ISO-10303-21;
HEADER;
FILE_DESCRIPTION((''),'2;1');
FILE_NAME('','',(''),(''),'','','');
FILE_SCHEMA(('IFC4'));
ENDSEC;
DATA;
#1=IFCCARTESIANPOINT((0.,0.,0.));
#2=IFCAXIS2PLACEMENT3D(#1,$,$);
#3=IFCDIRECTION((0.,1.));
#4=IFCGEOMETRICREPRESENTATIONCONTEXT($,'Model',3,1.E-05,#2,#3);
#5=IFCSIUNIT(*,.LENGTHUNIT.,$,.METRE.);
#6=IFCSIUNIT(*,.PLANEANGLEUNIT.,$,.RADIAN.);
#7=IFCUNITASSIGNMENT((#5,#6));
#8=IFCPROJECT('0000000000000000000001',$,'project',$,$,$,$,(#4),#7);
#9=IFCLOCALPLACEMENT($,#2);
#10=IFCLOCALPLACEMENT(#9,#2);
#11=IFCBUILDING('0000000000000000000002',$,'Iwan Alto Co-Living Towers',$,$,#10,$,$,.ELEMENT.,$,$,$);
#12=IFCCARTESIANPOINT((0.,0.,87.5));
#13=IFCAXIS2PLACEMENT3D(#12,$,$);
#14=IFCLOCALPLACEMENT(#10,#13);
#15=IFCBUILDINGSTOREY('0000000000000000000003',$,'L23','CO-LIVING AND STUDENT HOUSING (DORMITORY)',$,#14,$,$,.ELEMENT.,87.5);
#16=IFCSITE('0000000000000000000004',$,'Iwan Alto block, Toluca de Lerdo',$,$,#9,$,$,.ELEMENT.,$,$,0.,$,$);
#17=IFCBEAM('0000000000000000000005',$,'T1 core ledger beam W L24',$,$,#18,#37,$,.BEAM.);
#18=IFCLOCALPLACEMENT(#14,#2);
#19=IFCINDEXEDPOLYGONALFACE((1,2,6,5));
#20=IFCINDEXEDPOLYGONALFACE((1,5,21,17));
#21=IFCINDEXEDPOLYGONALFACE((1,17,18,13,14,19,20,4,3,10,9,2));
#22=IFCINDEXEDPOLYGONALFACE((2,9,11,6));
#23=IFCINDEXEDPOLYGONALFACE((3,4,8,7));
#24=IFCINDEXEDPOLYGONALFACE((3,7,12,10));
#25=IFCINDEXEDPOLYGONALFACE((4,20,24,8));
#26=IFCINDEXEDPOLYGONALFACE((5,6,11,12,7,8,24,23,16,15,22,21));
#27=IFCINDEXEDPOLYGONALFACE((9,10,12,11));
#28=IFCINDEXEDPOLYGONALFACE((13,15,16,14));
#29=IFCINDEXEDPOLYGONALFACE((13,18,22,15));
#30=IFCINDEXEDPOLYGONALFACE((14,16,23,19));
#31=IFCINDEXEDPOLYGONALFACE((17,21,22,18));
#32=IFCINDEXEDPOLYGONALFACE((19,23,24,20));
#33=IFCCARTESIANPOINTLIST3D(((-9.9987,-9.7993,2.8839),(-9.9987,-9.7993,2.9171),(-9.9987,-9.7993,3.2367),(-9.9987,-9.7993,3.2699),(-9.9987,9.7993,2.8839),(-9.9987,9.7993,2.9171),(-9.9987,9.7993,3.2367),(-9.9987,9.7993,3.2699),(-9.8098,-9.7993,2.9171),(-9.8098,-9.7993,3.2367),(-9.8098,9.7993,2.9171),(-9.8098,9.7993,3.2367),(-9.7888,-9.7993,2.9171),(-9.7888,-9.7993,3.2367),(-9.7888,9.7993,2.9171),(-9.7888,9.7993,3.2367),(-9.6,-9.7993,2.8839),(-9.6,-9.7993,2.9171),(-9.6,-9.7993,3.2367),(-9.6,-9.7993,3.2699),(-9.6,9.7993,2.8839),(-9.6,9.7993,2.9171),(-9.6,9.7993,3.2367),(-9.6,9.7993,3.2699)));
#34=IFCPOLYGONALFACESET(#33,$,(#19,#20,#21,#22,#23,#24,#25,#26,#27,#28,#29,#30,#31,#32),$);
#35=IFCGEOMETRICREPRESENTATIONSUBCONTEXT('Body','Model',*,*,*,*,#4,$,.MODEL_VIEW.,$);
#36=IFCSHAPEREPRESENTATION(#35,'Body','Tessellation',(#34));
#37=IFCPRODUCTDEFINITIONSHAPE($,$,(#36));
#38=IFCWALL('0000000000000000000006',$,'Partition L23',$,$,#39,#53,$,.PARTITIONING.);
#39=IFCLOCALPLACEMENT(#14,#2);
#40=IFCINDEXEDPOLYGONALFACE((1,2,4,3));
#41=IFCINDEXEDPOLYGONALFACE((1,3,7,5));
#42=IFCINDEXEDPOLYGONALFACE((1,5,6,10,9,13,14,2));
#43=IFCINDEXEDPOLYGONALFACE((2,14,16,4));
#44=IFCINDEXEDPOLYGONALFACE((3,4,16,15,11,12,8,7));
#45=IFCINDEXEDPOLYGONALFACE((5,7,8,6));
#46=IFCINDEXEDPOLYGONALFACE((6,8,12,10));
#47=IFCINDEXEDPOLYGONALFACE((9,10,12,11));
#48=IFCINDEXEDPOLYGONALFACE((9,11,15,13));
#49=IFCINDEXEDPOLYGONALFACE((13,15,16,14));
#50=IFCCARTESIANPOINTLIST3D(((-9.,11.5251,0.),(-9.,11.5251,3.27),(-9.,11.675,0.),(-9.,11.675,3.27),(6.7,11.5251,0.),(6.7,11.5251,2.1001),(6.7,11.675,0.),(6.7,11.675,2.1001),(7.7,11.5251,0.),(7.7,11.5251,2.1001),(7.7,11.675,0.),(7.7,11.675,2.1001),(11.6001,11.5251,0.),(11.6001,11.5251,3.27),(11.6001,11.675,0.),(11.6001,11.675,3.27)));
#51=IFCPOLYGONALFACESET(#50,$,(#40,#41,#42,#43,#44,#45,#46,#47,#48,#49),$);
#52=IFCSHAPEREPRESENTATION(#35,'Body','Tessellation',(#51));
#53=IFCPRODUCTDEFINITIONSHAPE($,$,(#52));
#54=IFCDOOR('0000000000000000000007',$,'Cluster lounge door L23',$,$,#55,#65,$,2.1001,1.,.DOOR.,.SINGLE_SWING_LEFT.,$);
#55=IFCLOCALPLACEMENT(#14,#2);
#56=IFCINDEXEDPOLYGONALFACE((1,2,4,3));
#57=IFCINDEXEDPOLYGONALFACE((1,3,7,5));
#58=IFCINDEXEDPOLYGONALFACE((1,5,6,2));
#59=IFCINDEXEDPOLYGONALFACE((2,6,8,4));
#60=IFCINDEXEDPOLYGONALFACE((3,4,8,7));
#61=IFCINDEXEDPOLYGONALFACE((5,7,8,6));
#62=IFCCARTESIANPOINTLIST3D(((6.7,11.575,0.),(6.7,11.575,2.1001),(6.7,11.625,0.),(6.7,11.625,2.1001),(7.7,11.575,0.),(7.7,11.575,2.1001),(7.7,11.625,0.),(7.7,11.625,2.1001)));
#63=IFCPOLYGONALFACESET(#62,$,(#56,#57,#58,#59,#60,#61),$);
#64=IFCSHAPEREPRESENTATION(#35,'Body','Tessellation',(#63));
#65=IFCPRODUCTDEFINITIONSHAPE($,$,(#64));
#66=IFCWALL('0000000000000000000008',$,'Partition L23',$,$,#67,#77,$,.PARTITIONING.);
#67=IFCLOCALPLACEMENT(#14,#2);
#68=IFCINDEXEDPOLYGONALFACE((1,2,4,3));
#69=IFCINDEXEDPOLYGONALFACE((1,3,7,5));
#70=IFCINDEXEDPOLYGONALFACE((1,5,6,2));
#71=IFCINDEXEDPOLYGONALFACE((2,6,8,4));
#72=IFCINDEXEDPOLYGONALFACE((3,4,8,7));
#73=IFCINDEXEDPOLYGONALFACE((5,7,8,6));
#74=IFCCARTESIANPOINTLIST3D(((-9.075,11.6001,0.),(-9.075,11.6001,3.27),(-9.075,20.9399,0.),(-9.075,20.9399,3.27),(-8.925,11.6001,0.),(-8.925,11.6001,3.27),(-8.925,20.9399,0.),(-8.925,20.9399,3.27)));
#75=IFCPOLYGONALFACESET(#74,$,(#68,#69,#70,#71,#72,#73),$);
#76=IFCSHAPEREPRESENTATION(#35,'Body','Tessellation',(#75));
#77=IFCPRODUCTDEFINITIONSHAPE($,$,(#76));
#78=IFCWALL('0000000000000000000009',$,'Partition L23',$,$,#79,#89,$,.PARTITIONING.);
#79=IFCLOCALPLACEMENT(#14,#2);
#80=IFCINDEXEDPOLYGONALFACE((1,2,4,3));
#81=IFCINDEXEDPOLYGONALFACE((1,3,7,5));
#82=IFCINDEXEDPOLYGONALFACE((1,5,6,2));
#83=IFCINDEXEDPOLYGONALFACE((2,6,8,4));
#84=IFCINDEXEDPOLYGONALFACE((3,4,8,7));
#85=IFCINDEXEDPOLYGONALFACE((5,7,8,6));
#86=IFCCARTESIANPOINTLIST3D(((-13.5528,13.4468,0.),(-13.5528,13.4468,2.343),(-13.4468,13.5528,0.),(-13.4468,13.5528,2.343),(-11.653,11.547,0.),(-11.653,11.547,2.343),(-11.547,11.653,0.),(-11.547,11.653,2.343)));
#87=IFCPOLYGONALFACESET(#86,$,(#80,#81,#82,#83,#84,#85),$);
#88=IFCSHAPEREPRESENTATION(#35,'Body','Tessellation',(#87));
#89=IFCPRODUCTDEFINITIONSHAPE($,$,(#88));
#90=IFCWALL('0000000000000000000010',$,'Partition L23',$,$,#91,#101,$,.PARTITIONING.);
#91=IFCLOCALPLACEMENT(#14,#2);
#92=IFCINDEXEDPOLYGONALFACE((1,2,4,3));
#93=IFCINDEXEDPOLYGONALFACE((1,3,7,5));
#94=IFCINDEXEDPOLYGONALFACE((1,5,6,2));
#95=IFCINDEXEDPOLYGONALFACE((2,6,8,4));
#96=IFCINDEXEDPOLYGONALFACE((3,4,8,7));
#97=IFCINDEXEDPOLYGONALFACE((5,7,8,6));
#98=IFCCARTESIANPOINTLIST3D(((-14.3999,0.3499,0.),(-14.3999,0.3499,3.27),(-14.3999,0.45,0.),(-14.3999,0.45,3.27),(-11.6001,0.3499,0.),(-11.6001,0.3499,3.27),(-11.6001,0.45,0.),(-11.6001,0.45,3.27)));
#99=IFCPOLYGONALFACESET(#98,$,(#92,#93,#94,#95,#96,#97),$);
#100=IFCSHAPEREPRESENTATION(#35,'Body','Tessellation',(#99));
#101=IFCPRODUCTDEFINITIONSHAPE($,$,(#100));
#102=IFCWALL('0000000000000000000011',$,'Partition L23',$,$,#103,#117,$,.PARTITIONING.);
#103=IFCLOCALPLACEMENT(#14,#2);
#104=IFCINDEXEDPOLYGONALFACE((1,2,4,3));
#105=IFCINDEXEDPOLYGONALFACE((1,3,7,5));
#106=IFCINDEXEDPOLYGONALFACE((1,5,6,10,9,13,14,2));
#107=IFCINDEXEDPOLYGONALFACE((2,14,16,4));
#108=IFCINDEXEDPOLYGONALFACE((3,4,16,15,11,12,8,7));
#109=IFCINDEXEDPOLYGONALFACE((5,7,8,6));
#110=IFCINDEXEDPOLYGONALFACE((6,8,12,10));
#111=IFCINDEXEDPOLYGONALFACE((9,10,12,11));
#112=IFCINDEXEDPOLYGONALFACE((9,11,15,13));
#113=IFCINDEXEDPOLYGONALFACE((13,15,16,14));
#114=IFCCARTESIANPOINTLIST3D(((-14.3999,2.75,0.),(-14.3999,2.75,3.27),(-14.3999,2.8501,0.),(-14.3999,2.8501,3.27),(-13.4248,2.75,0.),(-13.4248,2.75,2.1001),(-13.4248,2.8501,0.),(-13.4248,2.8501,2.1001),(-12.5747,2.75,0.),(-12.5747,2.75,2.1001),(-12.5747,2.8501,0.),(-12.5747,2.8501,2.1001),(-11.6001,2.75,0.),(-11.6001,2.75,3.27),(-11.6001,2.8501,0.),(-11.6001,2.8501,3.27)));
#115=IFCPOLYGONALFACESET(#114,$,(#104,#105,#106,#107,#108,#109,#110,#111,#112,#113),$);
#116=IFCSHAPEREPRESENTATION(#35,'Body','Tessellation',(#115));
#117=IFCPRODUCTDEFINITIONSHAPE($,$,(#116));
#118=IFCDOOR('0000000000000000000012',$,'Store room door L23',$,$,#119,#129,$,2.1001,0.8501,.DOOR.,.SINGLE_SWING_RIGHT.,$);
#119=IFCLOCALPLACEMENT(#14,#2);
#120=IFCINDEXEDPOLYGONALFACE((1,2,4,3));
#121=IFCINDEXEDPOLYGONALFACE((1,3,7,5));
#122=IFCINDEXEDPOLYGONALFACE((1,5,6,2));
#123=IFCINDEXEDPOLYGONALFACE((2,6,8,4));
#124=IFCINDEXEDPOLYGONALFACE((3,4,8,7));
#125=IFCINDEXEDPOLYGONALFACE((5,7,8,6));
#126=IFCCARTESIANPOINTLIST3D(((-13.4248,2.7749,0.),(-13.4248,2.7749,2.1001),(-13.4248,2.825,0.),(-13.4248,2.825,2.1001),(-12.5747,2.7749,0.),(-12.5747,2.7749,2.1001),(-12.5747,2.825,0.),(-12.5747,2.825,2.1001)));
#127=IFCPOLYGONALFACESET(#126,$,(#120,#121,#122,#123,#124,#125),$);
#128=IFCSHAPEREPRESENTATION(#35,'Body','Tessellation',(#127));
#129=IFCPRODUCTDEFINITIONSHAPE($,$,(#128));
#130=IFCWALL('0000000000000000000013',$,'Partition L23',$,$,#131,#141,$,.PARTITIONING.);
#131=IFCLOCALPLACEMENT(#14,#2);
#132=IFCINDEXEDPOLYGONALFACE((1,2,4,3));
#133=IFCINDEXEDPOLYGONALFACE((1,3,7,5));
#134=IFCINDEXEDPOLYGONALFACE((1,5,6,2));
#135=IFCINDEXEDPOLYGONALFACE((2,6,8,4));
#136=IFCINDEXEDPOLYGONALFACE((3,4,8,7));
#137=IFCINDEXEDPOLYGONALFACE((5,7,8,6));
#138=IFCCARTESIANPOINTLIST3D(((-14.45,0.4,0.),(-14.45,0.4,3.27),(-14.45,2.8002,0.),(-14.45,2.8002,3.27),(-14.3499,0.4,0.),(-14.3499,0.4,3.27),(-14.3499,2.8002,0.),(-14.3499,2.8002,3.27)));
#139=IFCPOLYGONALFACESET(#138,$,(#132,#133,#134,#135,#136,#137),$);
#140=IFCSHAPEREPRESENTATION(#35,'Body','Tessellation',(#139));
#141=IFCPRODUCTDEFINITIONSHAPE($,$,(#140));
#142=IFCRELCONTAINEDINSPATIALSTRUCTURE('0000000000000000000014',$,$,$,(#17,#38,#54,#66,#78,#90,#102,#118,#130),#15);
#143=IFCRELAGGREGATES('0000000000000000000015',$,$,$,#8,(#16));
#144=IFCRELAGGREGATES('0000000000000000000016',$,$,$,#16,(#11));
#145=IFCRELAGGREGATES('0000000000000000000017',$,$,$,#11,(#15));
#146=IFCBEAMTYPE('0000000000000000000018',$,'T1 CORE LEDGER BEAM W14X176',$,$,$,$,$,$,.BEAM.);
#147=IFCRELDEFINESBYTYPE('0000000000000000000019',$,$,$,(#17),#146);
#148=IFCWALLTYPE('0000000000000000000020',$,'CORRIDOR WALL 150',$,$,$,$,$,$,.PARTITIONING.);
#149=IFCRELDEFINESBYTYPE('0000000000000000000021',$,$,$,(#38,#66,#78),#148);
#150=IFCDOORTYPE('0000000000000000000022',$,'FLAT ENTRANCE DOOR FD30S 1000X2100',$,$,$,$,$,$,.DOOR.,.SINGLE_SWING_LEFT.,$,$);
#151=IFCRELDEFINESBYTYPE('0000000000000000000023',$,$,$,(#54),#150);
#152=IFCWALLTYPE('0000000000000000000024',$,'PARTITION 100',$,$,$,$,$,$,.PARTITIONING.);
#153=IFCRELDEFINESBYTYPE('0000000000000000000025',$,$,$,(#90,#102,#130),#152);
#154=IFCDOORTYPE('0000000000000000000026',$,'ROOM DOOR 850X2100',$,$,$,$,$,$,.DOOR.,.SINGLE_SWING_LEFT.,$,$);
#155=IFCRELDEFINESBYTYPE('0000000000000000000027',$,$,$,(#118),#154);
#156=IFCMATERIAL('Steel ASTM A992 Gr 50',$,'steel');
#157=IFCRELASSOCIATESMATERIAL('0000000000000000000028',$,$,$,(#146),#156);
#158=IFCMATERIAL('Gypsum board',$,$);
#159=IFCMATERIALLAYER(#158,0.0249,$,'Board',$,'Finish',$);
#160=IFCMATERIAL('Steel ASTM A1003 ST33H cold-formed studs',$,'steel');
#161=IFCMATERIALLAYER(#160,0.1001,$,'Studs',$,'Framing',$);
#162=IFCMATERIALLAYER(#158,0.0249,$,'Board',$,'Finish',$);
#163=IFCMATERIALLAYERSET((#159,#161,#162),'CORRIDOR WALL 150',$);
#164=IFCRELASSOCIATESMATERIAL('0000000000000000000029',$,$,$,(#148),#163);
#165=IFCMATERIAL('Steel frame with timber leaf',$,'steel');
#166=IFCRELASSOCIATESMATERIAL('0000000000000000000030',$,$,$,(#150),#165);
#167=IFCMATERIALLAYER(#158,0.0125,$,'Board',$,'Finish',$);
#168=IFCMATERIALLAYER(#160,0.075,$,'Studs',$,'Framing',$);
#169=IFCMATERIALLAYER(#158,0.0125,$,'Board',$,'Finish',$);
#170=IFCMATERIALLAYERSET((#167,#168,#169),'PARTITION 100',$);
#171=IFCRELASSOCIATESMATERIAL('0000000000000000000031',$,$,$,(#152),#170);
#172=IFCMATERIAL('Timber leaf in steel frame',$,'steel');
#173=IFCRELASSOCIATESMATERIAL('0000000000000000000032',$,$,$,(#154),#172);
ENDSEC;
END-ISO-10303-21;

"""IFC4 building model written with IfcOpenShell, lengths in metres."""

from ifc_helpers import new_model, si_unit, direction, frame, frame_2d, origin, origin_2d, place, context, subcontext, project, spatial, rectangle, i_section, extrude, material, layer, layer_set, material_profile, profile_set, type_object, element, fill, save


model = new_model("IFC4")

# Units and contexts
model_context = context("Model", 3, precision=1e-05, world=origin(), true_north=direction((0.0, 1.0)))
body_context = subcontext(model_context, "Body", "Model", "MODEL_VIEW")
ifc_project = project(units=[si_unit("LENGTHUNIT", "METRE"), si_unit("PLANEANGLEUNIT", "RADIAN")], contexts=[model_context])

# Site, building, storey
site_placement = place(None, origin())
site = spatial("IfcSite", under=ifc_project, at=site_placement, Name="Iwan Alto block, Toluca de Lerdo", CompositionType="ELEMENT", RefElevation=0.0)
building_placement = place(site_placement, origin())
building = spatial("IfcBuilding", under=site, at=building_placement, Name="Iwan Alto Co-Living Towers", CompositionType="ELEMENT")
storey_placement = place(building_placement, frame((0.0, 0.0, 87.5)))
storey = spatial("IfcBuildingStorey", under=building, at=storey_placement, Name="L23", Description="CO-LIVING AND STUDENT HOUSING (DORMITORY)", CompositionType="ELEMENT", Elevation=87.5)

# Beam
ifc_material_1 = material(Name="Steel ASTM A992 Gr 50", Category="steel")
ifc_material_profile = material_profile(ifc_material_1, i_section(OverallWidth=0.3987, OverallDepth=0.386, WebThickness=0.021, FlangeThickness=0.0332, at=origin_2d()), Name="W14X176")
ifc_profile_set = profile_set([ifc_material_profile], Name="Steel ASTM A992 Gr 50")
beam_type = type_object("IfcBeamType", Name="T1 CORE LEDGER BEAM W14X176", PredefinedType="BEAM", material=ifc_profile_set)
beam_placement = place(storey_placement, frame((-9.7993, 9.7993, 3.0769), z_axis=(0.0, -1.0, 0.0), x_axis=(1.0, 0.0, 0.0)))
element("IfcBeam", 1, at=beam_placement, inside=storey, type_object=beam_type, Name="T1 core ledger beam W L24", PredefinedType="BEAM", context=body_context, shape_type="SweptSolid", body=[
    extrude(i_section(OverallWidth=0.3987, OverallDepth=0.386, WebThickness=0.021, FlangeThickness=0.0332, at=origin_2d()), origin(), (0.0, 0.0, 1.0), 19.5986),
])

# Wall, opening, door
ifc_material_2 = material(Name="Gypsum board")
ifc_layer_1 = layer(ifc_material_2, 0.0249, Name="Board", Category="Finish")
ifc_material_3 = material(Name="Steel ASTM A1003 ST33H cold-formed studs", Category="steel")
ifc_layer_2 = layer(ifc_material_3, 0.1001, Name="Studs", Category="Framing")
ifc_layer_3 = layer(ifc_material_2, 0.0249, Name="Board", Category="Finish")
ifc_layer_set_1 = layer_set([ifc_layer_1, ifc_layer_2, ifc_layer_3], Name="CORRIDOR WALL 150")
wall_type_1 = type_object("IfcWallType", Name="CORRIDOR WALL 150", PredefinedType="PARTITIONING", material=ifc_layer_set_1)
wall_1_placement = place(storey_placement, frame((-9.0, 11.6001, 0.0), z_axis=(0.0, 0.0, 1.0), x_axis=(1.0, 0.0, 0.0)))
wall_1 = element("IfcWall", 2, at=wall_1_placement, inside=storey, type_object=wall_type_1, Name="Partition L23", PredefinedType="PARTITIONING", context=body_context, shape_type="SweptSolid", body=[
    extrude(rectangle(XDim=20.6001, YDim=0.1499, at=frame_2d((10.3, 0.0))), origin(), (0.0, 0.0, 1.0), 3.27),
])
opening_1_placement = place(wall_1_placement, frame((15.7, 0.0, 0.0)))
opening_1 = element("IfcOpeningElement", 3, at=opening_1_placement, cuts=wall_1, PredefinedType="OPENING", context=body_context, shape_type="SweptSolid", body=[
    extrude(rectangle(XDim=1.0, YDim=2.1001, at=frame_2d((0.5, 1.05))), frame((0.0, 0.085, 0.0), z_axis=(0.0, -1.0, 0.0), x_axis=(1.0, 0.0, 0.0)), (0.0, 0.0, 1.0), 0.1699),
])
ifc_material_4 = material(Name="Steel frame with timber leaf", Category="steel")
door_type_1 = type_object("IfcDoorType", Name="FLAT ENTRANCE DOOR FD30S 1000X2100", OperationType="SINGLE_SWING_LEFT", PredefinedType="DOOR", material=ifc_material_4)
door_1_placement = place(opening_1_placement, origin())
door_1 = element("IfcDoor", 4, at=door_1_placement, inside=storey, type_object=door_type_1, Name="Cluster lounge door L23", OperationType="SINGLE_SWING_LEFT", OverallHeight=2.1001, OverallWidth=1.0, PredefinedType="DOOR", context=body_context, shape_type="SweptSolid", body=[
    extrude(rectangle(XDim=1.0, YDim=2.1001, at=frame_2d((0.5, 1.05))), frame((0.0, 0.0249, 0.0), z_axis=(0.0, -1.0, 0.0), x_axis=(1.0, 0.0, 0.0)), (0.0, 0.0, 1.0), 0.05),
])
fill(opening_1, door_1)

# Walls
wall_2_placement = place(storey_placement, frame((-9.0, 11.6001, 0.0), z_axis=(0.0, 0.0, 1.0), x_axis=(0.0, 1.0, 0.0)))
element("IfcWall", 5, at=wall_2_placement, inside=storey, type_object=wall_type_1, Name="Partition L23", PredefinedType="PARTITIONING", context=body_context, shape_type="SweptSolid", body=[
    extrude(rectangle(XDim=9.3398, YDim=0.1499, at=frame_2d((4.6699, 0.0))), origin(), (0.0, 0.0, 1.0), 3.27),
])
wall_3_placement = place(storey_placement, frame((-11.6001, 11.6001, 0.0), z_axis=(0.0, 0.0, 1.0), x_axis=(-0.707107, 0.707107, 0.0)))
element("IfcWall", 6, at=wall_3_placement, inside=storey, type_object=wall_type_1, Name="Partition L23", PredefinedType="PARTITIONING", context=body_context, shape_type="SweptSolid", body=[
    extrude(rectangle(XDim=2.6868, YDim=0.1499, at=frame_2d((1.3433, 0.0))), origin(), (0.0, 0.0, 1.0), 2.343),
])
ifc_layer_4 = layer(ifc_material_2, 0.0125, Name="Board", Category="Finish")
ifc_layer_5 = layer(ifc_material_3, 0.075, Name="Studs", Category="Framing")
ifc_layer_6 = layer(ifc_material_2, 0.0125, Name="Board", Category="Finish")
ifc_layer_set_2 = layer_set([ifc_layer_4, ifc_layer_5, ifc_layer_6], Name="PARTITION 100")
wall_type_2 = type_object("IfcWallType", Name="PARTITION 100", PredefinedType="PARTITIONING", material=ifc_layer_set_2)
wall_4_placement = place(storey_placement, frame((-14.3999, 0.3999, 0.0), z_axis=(0.0, 0.0, 1.0), x_axis=(1.0, 0.0, 0.0)))
element("IfcWall", 7, at=wall_4_placement, inside=storey, type_object=wall_type_2, Name="Partition L23", PredefinedType="PARTITIONING", context=body_context, shape_type="SweptSolid", body=[
    extrude(rectangle(XDim=2.7998, YDim=0.1001, at=frame_2d((1.3999, 0.0))), origin(), (0.0, 0.0, 1.0), 3.27),
])

# Wall, opening, door
wall_5_placement = place(storey_placement, frame((-14.3999, 2.8, 0.0), z_axis=(0.0, 0.0, 1.0), x_axis=(1.0, 0.0, 0.0)))
wall_5 = element("IfcWall", 8, at=wall_5_placement, inside=storey, type_object=wall_type_2, Name="Partition L23", PredefinedType="PARTITIONING", context=body_context, shape_type="SweptSolid", body=[
    extrude(rectangle(XDim=2.7998, YDim=0.1001, at=frame_2d((1.3999, 0.0))), origin(), (0.0, 0.0, 1.0), 3.27),
])
opening_2_placement = place(wall_5_placement, frame((0.9751, 0.0, 0.0)))
opening_2 = element("IfcOpeningElement", 9, at=opening_2_placement, cuts=wall_5, PredefinedType="OPENING", context=body_context, shape_type="SweptSolid", body=[
    extrude(rectangle(XDim=0.8501, YDim=2.1001, at=frame_2d((0.425, 1.05))), frame((0.0, 0.0601, 0.0), z_axis=(0.0, -1.0, 0.0), x_axis=(1.0, 0.0, 0.0)), (0.0, 0.0, 1.0), 0.1201),
])
ifc_material_5 = material(Name="Timber leaf in steel frame", Category="steel")
door_type_2 = type_object("IfcDoorType", Name="ROOM DOOR 850X2100", OperationType="SINGLE_SWING_LEFT", PredefinedType="DOOR", material=ifc_material_5)
door_2_placement = place(opening_2_placement, origin())
door_2 = element("IfcDoor", 10, at=door_2_placement, inside=storey, type_object=door_type_2, Name="Store room door L23", OperationType="SINGLE_SWING_RIGHT", OverallHeight=2.1001, OverallWidth=0.8501, PredefinedType="DOOR", context=body_context, shape_type="SweptSolid", body=[
    extrude(rectangle(XDim=0.8501, YDim=2.1001, at=frame_2d((0.425, 1.05))), frame((0.0, 0.0249, 0.0), z_axis=(0.0, -1.0, 0.0), x_axis=(1.0, 0.0, 0.0)), (0.0, 0.0, 1.0), 0.05),
])
fill(opening_2, door_2)

# Wall
wall_6_placement = place(storey_placement, frame((-14.3999, 0.3999, 0.0), z_axis=(0.0, 0.0, 1.0), x_axis=(0.0, 1.0, 0.0)))
element("IfcWall", 11, at=wall_6_placement, inside=storey, type_object=wall_type_2, Name="Partition L23", PredefinedType="PARTITIONING", context=body_context, shape_type="SweptSolid", body=[
    extrude(rectangle(XDim=2.4001, YDim=0.1001, at=frame_2d((1.2002, 0.0))), origin(), (0.0, 0.0, 1.0), 3.27),
])

save(model, "model.ifc")
